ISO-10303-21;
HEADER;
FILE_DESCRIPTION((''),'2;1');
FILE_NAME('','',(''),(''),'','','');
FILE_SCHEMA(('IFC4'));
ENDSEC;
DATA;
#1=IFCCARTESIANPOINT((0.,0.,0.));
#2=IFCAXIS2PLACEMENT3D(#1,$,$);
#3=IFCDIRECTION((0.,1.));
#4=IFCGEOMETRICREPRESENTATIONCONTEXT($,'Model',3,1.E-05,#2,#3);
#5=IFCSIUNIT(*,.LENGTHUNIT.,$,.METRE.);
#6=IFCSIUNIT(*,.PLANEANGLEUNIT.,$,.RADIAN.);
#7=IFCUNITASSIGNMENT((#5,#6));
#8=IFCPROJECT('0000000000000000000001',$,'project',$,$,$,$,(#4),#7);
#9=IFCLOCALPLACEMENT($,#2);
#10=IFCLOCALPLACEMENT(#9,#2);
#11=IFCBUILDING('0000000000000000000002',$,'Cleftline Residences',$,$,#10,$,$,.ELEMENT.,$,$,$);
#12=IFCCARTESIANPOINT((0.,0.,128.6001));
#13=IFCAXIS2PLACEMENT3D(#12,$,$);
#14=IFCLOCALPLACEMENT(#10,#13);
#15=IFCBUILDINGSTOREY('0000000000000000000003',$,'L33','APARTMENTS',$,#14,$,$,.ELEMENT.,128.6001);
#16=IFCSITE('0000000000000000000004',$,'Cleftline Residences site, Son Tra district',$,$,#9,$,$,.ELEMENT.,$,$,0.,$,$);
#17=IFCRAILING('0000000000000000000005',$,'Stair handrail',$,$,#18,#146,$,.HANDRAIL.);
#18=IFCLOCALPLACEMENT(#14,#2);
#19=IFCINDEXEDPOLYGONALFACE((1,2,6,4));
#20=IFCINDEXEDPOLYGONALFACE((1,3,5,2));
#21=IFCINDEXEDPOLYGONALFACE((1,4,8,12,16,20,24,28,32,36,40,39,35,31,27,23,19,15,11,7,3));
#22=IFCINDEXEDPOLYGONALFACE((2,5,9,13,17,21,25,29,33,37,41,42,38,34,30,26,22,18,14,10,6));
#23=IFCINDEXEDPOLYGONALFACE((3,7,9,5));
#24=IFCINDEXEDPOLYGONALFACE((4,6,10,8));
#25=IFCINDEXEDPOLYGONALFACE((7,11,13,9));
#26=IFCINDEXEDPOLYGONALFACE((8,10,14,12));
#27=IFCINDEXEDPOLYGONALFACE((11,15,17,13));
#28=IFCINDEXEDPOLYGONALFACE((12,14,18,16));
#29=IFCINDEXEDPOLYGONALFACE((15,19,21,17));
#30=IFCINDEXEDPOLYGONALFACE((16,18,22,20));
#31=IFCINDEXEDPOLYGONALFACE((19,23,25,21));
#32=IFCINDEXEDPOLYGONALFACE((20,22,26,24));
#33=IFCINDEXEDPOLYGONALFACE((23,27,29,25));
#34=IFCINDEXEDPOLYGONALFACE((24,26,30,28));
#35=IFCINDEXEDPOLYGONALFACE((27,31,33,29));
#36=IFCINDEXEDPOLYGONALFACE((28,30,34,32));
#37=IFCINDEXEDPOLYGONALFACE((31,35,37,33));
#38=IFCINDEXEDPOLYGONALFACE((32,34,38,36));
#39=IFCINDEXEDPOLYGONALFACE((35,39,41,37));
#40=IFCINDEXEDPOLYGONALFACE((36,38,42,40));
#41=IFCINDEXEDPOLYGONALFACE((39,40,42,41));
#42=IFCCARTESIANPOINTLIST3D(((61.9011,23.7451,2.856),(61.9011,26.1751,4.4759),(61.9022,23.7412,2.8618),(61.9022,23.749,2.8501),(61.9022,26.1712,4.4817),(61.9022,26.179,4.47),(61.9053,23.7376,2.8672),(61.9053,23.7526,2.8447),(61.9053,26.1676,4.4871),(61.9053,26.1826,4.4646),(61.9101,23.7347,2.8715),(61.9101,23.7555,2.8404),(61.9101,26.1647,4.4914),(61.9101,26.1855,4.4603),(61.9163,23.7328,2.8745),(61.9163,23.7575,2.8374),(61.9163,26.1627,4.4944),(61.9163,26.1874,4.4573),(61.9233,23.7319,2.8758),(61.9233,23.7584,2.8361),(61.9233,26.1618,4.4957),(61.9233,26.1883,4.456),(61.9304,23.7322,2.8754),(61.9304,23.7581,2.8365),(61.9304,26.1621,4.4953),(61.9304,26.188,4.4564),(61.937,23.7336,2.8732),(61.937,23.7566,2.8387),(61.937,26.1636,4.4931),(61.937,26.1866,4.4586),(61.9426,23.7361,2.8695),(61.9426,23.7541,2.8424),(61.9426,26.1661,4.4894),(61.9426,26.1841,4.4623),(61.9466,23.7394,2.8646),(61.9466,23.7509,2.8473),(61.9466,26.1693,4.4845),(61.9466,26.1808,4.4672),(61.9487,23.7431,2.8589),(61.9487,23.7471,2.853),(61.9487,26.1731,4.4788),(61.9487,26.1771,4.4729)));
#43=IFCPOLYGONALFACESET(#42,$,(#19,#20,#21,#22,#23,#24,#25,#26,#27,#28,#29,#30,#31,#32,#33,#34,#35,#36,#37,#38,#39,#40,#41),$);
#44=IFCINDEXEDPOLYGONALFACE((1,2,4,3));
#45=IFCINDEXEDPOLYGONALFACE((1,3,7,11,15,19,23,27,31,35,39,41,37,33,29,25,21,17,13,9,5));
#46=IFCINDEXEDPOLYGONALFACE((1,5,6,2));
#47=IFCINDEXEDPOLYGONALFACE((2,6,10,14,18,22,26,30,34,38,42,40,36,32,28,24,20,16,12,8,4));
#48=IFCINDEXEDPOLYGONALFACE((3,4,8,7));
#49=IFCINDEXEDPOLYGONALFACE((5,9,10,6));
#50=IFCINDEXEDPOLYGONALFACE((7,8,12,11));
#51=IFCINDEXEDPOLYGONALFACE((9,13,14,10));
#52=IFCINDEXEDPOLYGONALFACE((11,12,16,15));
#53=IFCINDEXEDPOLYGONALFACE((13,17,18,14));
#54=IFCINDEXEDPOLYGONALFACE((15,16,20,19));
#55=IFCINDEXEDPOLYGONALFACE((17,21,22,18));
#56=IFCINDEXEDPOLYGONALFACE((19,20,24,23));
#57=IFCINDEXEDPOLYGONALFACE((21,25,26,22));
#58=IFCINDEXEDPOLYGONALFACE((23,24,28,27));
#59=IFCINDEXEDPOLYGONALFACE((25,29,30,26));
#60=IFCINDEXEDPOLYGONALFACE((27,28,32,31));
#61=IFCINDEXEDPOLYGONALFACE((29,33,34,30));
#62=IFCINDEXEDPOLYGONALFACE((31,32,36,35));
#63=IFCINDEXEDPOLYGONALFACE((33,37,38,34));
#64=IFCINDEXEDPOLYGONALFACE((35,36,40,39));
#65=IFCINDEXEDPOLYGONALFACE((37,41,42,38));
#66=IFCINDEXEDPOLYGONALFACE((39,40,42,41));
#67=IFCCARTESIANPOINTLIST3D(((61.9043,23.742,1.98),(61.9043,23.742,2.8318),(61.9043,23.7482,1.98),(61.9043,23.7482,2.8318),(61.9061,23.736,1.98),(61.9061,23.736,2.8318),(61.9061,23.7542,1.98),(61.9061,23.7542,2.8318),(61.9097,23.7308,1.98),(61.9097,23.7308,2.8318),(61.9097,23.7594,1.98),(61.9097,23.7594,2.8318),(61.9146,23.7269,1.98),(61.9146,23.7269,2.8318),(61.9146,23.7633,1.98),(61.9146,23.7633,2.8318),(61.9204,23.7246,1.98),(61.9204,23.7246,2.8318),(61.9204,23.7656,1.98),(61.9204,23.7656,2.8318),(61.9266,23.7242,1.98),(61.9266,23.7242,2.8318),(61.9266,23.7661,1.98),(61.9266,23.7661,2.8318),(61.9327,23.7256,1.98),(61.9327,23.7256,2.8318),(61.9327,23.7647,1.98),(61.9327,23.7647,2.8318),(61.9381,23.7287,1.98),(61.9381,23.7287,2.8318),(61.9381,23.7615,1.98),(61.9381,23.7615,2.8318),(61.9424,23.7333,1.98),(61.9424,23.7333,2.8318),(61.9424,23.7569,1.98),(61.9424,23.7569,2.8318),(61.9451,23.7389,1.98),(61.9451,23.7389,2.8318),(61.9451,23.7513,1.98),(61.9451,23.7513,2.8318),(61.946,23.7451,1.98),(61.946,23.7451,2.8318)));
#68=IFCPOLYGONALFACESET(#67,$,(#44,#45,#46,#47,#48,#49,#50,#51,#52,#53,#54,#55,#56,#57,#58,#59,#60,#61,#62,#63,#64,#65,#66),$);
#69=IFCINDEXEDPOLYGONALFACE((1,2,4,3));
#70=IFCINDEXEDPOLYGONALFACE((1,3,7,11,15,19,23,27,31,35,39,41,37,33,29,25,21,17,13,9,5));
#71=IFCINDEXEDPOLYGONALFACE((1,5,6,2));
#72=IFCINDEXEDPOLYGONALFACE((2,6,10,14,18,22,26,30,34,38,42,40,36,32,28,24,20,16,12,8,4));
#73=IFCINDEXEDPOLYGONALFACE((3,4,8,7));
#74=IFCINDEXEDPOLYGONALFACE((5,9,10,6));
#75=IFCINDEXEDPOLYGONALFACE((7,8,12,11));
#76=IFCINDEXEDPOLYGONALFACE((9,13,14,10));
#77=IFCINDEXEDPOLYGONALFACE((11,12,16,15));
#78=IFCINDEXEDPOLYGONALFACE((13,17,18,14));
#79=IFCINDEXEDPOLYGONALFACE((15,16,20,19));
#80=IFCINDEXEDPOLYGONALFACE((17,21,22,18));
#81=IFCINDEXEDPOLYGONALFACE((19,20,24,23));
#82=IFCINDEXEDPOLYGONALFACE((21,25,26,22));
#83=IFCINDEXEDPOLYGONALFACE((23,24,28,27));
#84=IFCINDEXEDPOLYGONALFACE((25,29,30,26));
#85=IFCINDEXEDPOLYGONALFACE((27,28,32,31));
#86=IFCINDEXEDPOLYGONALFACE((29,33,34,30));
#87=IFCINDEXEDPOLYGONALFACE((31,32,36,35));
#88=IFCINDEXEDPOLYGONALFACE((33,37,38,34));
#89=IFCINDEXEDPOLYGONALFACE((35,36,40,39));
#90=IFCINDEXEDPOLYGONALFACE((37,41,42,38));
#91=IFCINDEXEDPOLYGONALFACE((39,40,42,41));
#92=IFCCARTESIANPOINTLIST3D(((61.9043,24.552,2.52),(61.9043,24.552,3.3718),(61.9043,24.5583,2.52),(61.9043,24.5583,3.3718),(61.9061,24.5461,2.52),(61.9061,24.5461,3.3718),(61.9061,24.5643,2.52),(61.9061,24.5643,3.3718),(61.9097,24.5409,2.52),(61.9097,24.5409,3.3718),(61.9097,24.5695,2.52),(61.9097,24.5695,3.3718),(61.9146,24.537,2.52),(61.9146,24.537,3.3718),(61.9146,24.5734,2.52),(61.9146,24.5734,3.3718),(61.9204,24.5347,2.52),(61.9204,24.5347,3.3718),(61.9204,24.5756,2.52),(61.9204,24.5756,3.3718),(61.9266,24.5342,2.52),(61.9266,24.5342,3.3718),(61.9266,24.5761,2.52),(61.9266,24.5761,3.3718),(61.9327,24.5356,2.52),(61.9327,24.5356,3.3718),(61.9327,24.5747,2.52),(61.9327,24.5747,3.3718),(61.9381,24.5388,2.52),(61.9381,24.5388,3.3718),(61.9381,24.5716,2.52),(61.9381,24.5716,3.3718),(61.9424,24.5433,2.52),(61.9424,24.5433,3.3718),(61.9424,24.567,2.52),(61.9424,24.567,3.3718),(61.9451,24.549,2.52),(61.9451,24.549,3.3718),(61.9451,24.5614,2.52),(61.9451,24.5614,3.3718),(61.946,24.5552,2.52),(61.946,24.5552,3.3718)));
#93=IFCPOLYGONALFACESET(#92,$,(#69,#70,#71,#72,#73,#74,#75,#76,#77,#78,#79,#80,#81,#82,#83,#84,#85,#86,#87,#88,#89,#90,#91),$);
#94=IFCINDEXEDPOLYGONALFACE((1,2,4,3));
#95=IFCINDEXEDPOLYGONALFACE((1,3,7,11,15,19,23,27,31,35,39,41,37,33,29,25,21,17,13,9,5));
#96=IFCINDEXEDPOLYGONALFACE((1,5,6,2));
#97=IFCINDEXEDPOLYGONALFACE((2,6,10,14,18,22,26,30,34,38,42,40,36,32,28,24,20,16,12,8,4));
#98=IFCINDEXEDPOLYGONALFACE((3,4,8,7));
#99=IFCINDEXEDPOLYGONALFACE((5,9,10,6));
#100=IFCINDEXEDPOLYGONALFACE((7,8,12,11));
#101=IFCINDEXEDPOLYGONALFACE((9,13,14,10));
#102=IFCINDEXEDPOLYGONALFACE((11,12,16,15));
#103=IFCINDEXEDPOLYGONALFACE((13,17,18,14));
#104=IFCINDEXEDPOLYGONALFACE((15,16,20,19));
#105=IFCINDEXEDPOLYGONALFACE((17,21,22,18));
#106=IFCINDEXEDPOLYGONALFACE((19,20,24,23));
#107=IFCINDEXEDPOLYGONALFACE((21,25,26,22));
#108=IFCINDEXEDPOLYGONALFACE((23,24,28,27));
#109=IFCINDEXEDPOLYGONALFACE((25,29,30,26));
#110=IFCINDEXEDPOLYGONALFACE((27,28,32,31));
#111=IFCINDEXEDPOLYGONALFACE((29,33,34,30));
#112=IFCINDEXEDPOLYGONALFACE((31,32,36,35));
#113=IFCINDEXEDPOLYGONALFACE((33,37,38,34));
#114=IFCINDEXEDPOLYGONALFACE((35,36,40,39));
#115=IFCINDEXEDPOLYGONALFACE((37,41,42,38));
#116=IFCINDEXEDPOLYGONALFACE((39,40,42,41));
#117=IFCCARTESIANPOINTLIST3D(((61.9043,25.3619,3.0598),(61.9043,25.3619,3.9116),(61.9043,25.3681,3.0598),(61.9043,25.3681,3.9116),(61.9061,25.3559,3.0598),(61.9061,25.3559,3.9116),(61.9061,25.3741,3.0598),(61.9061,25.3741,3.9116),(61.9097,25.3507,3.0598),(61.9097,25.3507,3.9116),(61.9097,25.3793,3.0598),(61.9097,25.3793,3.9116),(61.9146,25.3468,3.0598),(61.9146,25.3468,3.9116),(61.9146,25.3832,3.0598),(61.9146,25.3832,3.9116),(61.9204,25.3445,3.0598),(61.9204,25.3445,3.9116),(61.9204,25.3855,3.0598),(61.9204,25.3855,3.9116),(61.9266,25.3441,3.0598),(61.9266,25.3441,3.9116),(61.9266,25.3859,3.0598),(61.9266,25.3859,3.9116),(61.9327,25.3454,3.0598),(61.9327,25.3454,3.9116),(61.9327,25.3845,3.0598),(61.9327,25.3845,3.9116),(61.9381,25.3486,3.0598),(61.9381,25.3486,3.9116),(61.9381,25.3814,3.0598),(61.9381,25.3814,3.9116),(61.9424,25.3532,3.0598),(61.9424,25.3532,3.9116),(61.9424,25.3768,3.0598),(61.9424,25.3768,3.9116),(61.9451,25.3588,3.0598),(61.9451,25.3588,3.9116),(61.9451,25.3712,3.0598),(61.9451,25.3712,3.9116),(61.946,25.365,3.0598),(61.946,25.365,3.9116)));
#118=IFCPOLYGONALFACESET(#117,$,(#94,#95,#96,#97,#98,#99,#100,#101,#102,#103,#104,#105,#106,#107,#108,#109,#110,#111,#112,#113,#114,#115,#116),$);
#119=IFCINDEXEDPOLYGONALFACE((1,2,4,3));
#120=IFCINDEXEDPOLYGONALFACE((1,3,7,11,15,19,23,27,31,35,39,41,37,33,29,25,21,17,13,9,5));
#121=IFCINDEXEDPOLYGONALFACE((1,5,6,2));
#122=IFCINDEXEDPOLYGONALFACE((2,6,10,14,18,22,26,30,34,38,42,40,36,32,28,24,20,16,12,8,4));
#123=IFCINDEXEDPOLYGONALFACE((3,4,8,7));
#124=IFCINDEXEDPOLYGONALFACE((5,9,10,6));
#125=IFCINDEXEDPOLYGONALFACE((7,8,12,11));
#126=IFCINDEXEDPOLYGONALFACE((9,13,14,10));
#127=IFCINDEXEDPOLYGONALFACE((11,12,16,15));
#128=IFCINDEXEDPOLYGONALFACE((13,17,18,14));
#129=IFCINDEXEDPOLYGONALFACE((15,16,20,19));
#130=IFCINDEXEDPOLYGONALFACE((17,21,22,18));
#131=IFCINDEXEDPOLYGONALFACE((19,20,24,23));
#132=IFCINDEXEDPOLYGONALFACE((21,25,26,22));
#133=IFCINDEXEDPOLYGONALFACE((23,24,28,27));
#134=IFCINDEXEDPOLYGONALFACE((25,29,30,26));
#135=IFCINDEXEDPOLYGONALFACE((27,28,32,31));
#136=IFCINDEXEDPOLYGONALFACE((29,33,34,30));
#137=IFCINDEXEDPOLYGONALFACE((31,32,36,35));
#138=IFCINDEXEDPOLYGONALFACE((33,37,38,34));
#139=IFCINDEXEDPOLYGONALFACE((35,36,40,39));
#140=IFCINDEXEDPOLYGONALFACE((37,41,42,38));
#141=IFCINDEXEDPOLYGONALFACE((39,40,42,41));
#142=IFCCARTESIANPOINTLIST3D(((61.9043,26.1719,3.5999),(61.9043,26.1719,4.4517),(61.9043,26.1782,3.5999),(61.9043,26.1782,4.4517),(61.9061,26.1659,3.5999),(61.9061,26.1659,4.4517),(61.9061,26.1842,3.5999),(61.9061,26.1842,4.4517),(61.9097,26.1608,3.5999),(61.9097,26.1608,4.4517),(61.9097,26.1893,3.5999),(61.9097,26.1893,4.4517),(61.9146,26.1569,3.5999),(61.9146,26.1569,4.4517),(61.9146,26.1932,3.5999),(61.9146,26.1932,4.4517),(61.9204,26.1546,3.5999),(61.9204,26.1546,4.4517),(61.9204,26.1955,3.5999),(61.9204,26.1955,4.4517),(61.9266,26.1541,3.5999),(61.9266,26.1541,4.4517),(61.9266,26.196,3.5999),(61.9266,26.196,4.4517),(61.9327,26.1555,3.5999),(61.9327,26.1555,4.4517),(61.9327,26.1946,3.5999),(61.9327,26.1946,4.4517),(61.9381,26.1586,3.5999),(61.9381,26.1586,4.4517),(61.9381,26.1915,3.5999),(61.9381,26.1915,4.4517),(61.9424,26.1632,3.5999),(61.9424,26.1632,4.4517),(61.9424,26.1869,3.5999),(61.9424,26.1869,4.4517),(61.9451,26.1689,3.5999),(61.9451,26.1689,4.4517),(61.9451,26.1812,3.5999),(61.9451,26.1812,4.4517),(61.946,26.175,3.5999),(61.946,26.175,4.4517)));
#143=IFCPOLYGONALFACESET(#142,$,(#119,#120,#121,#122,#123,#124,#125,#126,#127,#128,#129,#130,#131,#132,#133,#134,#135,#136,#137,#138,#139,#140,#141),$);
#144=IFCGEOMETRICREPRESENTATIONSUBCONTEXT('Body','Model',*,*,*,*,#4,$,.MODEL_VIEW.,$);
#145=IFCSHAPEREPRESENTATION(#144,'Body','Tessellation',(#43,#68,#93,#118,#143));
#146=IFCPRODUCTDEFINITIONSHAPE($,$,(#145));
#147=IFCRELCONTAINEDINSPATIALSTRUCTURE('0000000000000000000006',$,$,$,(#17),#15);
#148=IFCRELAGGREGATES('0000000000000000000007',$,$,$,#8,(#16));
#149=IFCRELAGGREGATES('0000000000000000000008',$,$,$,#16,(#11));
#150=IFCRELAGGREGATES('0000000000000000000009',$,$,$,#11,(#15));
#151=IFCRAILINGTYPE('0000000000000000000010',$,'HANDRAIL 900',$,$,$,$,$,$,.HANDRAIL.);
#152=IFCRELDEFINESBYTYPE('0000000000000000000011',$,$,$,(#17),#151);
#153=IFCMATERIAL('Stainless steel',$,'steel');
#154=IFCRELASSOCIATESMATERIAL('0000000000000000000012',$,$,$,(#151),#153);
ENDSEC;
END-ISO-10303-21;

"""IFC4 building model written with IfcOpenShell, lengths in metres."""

from ifc_helpers import new_model, si_unit, direction, frame, origin, origin_2d, place, context, subcontext, project, spatial, circle, extrude, material, type_object, element, save


model = new_model("IFC4")

# Units and contexts
model_context = context("Model", 3, precision=1e-05, world=origin(), true_north=direction((0.0, 1.0)))
body_context = subcontext(model_context, "Body", "Model", "MODEL_VIEW")
ifc_project = project(units=[si_unit("LENGTHUNIT", "METRE"), si_unit("PLANEANGLEUNIT", "RADIAN")], contexts=[model_context])

# Site, building, storey
site_placement = place(None, origin())
site = spatial("IfcSite", under=ifc_project, at=site_placement, Name="Cleftline Residences site, Son Tra district", CompositionType="ELEMENT", RefElevation=0.0)
building_placement = place(site_placement, origin())
building = spatial("IfcBuilding", under=site, at=building_placement, Name="Cleftline Residences", CompositionType="ELEMENT")
storey_placement = place(building_placement, frame((0.0, 0.0, 128.6001)))
storey = spatial("IfcBuildingStorey", under=building, at=storey_placement, Name="L33", Description="APARTMENTS", CompositionType="ELEMENT", Elevation=128.6001)

# Railing
ifc_material_1 = material(Name="Stainless steel", Category="steel")
railing_type = type_object("IfcRailingType", Name="HANDRAIL 900", PredefinedType="HANDRAIL", material=ifc_material_1)
railing_1_placement = place(storey_placement, frame((61.925, 23.7451, 1.98)))
element("IfcRailing", 1, at=railing_1_placement, inside=storey, type_object=railing_type, Name="Stair handrail", PredefinedType="HANDRAIL", context=body_context, shape_type="SweptSolid", body=[
    extrude(circle(Radius=0.0239, at=origin_2d()), frame((0.0, 0.0, 0.876), z_axis=(0.0, 0.832063, 0.554681), x_axis=(-1.0, 0.0, 0.0)), (0.0, 0.0, 1.0), 2.9204),
    extrude(circle(Radius=0.021, at=origin_2d()), origin(), (0.0, 0.0, 1.0), 0.8518),
    extrude(circle(Radius=0.021, at=origin_2d()), frame((0.0, 0.8101, 0.54)), (0.0, 0.0, 1.0), 0.8518),
    extrude(circle(Radius=0.021, at=origin_2d()), frame((0.0, 1.6199, 1.0798)), (0.0, 0.0, 1.0), 0.8518),
    extrude(circle(Radius=0.021, at=origin_2d()), frame((0.0, 2.4299, 1.6199)), (0.0, 0.0, 1.0), 0.8518),
])

save(model, "model.ifc")
